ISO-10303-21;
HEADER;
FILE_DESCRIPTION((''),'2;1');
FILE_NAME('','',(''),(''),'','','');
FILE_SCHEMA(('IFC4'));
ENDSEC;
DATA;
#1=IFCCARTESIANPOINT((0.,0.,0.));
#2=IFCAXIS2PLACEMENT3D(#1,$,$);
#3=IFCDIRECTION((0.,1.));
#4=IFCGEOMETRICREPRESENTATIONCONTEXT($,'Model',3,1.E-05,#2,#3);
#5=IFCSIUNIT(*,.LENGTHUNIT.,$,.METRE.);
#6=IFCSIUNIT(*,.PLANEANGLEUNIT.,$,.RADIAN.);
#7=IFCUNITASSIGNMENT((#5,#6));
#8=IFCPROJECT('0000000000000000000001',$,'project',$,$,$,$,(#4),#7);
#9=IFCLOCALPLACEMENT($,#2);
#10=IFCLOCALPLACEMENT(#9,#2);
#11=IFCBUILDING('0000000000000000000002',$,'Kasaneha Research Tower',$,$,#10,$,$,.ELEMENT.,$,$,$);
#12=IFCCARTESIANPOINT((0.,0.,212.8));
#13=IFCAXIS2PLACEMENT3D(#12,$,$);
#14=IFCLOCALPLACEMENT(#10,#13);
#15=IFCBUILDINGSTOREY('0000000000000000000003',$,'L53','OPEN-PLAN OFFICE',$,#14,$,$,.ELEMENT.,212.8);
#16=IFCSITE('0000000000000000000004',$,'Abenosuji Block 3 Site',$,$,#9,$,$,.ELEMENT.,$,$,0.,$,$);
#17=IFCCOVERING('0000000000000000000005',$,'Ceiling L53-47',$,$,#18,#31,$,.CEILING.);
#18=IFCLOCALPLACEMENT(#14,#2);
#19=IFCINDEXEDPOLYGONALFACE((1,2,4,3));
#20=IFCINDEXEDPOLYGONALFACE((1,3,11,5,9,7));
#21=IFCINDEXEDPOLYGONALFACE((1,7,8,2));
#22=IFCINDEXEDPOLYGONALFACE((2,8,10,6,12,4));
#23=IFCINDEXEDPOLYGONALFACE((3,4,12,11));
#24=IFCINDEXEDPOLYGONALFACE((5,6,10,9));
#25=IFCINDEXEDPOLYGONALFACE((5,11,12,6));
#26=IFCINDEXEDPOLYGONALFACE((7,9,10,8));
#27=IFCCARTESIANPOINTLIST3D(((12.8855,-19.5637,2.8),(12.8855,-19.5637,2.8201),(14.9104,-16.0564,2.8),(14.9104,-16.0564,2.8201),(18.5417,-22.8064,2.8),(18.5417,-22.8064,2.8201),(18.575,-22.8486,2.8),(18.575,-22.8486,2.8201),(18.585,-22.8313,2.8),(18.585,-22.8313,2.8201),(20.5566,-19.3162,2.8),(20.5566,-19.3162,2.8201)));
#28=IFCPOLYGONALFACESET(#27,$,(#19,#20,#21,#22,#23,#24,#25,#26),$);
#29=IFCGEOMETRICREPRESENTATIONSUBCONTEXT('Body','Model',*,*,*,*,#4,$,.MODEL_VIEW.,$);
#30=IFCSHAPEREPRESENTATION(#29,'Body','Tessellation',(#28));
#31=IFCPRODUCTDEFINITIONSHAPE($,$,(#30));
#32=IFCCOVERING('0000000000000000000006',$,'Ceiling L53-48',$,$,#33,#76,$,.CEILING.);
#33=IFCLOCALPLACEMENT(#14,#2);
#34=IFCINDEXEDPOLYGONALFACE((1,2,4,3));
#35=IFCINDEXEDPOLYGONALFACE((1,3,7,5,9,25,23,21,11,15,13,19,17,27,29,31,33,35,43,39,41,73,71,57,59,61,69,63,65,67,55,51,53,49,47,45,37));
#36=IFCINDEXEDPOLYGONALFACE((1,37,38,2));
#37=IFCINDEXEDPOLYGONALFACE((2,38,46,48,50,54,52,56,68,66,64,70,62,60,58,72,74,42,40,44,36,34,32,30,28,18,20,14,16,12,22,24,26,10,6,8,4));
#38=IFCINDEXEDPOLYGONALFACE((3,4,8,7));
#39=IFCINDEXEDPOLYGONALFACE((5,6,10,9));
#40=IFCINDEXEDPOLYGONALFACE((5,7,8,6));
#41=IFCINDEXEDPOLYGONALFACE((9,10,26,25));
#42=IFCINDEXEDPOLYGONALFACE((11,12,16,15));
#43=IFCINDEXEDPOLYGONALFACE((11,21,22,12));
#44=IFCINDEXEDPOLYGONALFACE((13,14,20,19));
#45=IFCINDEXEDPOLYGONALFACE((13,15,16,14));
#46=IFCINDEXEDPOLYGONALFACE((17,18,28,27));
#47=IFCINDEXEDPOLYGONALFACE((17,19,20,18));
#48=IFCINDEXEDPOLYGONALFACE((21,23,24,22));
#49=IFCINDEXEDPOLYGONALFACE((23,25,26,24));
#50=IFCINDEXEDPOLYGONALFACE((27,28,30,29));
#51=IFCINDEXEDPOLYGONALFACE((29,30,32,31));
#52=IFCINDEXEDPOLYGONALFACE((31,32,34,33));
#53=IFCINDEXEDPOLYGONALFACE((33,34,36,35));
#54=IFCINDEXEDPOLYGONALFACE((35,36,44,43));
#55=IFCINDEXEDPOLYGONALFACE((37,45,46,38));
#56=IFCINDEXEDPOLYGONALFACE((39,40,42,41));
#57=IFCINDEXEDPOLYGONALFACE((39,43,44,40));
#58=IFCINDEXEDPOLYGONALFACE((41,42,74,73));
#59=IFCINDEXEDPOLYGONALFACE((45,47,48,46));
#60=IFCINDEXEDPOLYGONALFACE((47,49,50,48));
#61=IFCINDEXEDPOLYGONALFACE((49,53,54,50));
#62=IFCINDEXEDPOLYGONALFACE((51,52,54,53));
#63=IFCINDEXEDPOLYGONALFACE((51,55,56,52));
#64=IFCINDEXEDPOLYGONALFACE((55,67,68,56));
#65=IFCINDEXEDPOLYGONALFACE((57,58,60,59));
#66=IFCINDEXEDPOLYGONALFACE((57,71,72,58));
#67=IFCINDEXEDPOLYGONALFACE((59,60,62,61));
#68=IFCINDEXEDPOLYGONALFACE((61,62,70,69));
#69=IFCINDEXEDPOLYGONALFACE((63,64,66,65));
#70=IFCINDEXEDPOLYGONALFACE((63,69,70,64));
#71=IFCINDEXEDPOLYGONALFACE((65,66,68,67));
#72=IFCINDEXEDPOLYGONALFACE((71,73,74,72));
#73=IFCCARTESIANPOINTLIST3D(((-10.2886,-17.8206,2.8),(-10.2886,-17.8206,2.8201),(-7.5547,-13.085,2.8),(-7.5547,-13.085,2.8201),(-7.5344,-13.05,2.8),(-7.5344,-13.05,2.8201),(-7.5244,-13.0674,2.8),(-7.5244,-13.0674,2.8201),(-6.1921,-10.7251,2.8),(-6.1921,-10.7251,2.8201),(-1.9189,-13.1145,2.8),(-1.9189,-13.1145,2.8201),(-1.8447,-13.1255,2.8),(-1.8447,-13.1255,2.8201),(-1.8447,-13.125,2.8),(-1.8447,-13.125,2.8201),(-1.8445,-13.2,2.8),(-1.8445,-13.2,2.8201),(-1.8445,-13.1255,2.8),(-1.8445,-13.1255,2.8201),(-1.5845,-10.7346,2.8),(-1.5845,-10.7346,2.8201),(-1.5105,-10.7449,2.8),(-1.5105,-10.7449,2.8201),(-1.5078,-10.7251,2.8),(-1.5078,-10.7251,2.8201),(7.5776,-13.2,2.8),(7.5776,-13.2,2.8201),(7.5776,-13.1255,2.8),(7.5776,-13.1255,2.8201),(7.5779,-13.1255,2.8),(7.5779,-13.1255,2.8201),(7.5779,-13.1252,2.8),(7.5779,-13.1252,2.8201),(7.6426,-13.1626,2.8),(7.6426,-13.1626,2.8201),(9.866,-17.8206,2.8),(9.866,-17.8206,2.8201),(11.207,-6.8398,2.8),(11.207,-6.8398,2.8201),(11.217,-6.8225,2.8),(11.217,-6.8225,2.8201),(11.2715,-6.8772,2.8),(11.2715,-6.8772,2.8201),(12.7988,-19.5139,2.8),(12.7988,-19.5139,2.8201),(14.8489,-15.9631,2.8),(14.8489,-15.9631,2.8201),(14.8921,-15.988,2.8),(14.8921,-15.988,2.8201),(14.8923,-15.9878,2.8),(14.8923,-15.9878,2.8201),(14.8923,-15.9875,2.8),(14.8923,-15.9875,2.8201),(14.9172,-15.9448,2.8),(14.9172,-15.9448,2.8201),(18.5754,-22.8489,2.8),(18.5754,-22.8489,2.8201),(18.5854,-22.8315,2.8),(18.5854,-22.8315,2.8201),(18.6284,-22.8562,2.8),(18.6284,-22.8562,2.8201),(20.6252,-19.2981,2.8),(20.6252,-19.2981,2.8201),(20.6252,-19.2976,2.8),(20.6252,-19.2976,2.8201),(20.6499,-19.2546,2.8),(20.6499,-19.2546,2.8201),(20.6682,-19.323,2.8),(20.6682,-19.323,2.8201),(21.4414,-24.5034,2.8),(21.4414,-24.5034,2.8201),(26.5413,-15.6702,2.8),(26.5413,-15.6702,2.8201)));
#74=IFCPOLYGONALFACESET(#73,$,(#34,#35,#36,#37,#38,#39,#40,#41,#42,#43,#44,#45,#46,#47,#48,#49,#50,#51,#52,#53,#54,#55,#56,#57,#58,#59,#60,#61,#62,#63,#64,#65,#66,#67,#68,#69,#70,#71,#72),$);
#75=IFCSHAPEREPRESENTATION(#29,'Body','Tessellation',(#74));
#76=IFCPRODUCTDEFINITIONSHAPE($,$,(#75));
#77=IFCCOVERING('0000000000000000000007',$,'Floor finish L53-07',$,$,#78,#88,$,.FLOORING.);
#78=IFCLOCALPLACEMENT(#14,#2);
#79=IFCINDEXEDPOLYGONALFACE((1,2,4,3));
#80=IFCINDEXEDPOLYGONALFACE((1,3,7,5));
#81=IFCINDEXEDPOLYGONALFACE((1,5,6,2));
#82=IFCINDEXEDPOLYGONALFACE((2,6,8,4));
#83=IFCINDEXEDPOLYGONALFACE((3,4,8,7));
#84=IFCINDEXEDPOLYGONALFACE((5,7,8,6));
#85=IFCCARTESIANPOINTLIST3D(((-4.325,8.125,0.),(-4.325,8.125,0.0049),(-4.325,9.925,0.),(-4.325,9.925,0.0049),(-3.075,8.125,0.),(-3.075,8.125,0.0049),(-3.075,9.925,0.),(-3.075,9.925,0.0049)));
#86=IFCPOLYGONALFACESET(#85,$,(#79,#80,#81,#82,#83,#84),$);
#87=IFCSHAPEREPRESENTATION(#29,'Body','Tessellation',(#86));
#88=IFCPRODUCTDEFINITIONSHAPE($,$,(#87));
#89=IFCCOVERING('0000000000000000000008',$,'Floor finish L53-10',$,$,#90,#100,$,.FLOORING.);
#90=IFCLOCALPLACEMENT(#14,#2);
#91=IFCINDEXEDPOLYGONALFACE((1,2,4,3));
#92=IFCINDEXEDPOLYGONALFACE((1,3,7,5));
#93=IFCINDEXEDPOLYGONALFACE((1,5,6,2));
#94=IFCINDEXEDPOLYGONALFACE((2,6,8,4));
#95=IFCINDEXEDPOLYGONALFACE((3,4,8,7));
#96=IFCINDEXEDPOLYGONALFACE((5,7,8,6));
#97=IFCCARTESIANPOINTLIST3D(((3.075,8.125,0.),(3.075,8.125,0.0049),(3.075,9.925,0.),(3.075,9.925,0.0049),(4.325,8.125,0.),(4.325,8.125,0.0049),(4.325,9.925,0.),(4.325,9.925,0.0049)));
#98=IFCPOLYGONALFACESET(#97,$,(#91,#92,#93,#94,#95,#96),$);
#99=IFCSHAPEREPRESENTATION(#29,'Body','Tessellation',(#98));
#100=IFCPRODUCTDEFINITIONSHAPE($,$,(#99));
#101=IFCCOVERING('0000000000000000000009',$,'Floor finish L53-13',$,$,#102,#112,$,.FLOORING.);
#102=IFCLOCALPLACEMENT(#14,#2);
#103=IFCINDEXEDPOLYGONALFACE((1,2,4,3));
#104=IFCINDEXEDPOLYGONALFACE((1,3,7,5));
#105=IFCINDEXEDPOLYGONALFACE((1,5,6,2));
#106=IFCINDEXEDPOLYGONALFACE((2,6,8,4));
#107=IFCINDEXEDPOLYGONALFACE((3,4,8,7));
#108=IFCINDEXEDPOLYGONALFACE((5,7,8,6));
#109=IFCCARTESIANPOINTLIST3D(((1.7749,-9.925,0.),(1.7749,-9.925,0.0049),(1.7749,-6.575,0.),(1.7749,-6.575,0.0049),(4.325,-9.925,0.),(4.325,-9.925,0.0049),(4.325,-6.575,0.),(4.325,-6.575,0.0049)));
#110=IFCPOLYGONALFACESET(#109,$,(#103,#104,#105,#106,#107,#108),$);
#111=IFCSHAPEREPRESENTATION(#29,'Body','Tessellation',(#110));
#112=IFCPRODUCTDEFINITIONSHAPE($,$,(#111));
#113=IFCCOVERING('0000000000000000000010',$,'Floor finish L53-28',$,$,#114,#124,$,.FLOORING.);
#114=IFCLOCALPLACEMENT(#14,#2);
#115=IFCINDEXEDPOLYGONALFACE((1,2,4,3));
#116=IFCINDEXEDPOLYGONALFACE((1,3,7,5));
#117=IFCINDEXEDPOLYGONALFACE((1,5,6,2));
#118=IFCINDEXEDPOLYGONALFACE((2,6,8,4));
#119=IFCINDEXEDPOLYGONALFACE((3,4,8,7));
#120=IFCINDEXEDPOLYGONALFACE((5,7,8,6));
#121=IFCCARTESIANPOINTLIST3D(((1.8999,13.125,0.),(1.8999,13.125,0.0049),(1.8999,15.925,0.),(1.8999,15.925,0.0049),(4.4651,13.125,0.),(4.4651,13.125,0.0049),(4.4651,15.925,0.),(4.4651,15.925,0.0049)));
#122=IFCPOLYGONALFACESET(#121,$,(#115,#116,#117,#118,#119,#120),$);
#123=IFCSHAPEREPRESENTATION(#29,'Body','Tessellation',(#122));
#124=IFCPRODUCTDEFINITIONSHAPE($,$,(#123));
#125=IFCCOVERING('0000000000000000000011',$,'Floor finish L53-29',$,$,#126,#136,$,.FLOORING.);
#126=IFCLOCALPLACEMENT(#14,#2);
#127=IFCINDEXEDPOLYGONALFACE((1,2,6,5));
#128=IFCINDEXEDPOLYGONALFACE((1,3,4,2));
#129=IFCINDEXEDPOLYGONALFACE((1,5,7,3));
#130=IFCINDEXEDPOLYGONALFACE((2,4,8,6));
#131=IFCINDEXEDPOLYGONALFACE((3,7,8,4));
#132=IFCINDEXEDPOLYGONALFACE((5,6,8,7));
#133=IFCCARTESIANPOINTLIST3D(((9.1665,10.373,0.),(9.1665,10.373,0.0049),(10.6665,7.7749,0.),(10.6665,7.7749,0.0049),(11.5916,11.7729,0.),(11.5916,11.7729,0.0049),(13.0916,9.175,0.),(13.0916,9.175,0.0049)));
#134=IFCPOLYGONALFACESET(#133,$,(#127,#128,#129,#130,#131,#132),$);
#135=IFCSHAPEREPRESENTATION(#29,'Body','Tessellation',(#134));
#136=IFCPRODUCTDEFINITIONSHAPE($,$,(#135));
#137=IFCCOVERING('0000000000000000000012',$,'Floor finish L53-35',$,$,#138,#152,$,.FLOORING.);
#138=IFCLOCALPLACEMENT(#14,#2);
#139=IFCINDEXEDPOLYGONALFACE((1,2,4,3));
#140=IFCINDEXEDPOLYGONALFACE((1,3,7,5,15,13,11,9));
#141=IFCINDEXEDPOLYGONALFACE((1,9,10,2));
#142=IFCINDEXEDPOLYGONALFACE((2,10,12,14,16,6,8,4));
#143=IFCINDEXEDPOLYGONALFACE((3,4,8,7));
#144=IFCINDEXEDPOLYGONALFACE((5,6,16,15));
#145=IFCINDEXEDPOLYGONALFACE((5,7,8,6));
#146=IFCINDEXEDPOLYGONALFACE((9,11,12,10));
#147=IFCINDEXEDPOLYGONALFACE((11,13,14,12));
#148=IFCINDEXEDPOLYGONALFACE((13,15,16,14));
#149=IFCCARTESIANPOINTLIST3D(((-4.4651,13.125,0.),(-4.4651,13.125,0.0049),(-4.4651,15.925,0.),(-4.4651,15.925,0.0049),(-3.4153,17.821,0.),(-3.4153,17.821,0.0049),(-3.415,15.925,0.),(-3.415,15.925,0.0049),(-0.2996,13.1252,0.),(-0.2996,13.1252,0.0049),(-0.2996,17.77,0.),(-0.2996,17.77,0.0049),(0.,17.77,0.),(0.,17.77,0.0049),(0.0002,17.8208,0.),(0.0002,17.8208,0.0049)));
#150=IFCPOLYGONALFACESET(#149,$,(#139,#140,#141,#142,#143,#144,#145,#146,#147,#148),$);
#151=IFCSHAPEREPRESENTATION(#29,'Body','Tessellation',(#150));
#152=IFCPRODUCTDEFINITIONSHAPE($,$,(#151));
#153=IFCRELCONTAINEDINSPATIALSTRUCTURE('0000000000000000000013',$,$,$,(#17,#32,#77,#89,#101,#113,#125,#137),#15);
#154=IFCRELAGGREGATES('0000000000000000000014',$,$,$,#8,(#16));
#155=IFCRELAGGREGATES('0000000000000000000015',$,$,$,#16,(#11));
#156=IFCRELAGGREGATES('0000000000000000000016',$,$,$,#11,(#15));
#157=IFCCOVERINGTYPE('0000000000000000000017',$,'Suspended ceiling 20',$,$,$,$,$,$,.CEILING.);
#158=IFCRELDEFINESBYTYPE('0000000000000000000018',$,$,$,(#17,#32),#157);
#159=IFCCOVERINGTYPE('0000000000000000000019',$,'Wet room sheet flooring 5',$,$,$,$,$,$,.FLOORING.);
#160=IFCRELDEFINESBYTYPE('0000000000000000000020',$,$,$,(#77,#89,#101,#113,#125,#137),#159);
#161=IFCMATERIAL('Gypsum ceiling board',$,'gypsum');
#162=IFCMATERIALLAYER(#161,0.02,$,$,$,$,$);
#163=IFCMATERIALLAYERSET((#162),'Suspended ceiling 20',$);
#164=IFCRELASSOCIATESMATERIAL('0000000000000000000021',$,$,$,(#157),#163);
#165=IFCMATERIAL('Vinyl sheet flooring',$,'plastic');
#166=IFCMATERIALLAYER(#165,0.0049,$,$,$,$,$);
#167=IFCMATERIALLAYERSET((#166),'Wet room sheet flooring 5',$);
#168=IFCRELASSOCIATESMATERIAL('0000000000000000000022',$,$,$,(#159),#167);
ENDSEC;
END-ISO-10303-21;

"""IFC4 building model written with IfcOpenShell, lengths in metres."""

from ifc_helpers import new_model, si_unit, direction, frame, origin, place, context, subcontext, project, spatial, polyline, outline, extrude, material, layer, layer_set, type_object, element, save


model = new_model("IFC4")

# Units and contexts
model_context = context("Model", 3, precision=1e-05, world=origin(), true_north=direction((0.0, 1.0)))
body_context = subcontext(model_context, "Body", "Model", "MODEL_VIEW")
ifc_project = project(units=[si_unit("LENGTHUNIT", "METRE"), si_unit("PLANEANGLEUNIT", "RADIAN")], contexts=[model_context])

# Site, building, storey
site_placement = place(None, origin())
site = spatial("IfcSite", under=ifc_project, at=site_placement, Name="Abenosuji Block 3 Site", CompositionType="ELEMENT", RefElevation=0.0)
building_placement = place(site_placement, origin())
building = spatial("IfcBuilding", under=site, at=building_placement, Name="Kasaneha Research Tower", CompositionType="ELEMENT")
storey_placement = place(building_placement, frame((0.0, 0.0, 212.8)))
storey = spatial("IfcBuildingStorey", under=building, at=storey_placement, Name="L53", Description="OPEN-PLAN OFFICE", CompositionType="ELEMENT", Elevation=212.8)

# Coverings
ifc_material_1 = material(Name="Gypsum ceiling board", Category="gypsum")
ifc_layer_1 = layer(ifc_material_1, 0.02)
ifc_layer_set_1 = layer_set([ifc_layer_1], Name="Suspended ceiling 20")
covering_type_1 = type_object("IfcCoveringType", Name="Suspended ceiling 20", PredefinedType="CEILING", material=ifc_layer_set_1)
covering_1_placement = place(storey_placement, frame((0.0, 0.0, 2.8)))
element("IfcCovering", 1, at=covering_1_placement, inside=storey, type_object=covering_type_1, Name="Ceiling L53-47", PredefinedType="CEILING", context=body_context, shape_type="SweptSolid", body=[
    extrude(outline(polyline([(12.8855, -19.5637), (14.9104, -16.0564), (20.5566, -19.3162), (18.5417, -22.8064), (18.585, -22.8313), (18.575, -22.8486), (12.8855, -19.5637)])), origin(), (0.0, 0.0, 1.0), 0.02),
])
covering_2_placement = place(storey_placement, frame((0.0, 0.0, 2.8)))
element("IfcCovering", 2, at=covering_2_placement, inside=storey, type_object=covering_type_1, Name="Ceiling L53-48", PredefinedType="CEILING", context=body_context, shape_type="SweptSolid", body=[
    extrude(outline(polyline([(-1.5078, -10.7251), (-1.5105, -10.7449), (-1.5845, -10.7346), (-1.9189, -13.1145), (-1.8447, -13.125), (-1.8447, -13.1255), (-1.8445, -13.1255), (-1.8445, -13.2), (7.5776, -13.2), (7.5776, -13.1255), (7.5779, -13.1255), (7.5779, -13.1252), (7.6426, -13.1626), (11.2715, -6.8772), (11.207, -6.8398), (11.217, -6.8225), (26.5413, -15.6702), (21.4414, -24.5034), (18.5754, -22.8489), (18.5854, -22.8315), (18.6284, -22.8562), (20.6682, -19.323), (20.6252, -19.2981), (20.6252, -19.2976), (20.6252, -19.2976), (20.6499, -19.2546), (14.9172, -15.9448), (14.8923, -15.9878), (14.8923, -15.9875), (14.8921, -15.988), (14.8489, -15.9631), (12.7988, -19.5139), (9.866, -17.8206), (-10.2886, -17.8206), (-7.5547, -13.085), (-7.5244, -13.0674), (-7.5344, -13.05), (-6.1921, -10.7251), (-1.5078, -10.7251)])), origin(), (0.0, 0.0, 1.0), 0.02),
])
ifc_material_2 = material(Name="Vinyl sheet flooring", Category="plastic")
ifc_layer_2 = layer(ifc_material_2, 0.0049)
ifc_layer_set_2 = layer_set([ifc_layer_2], Name="Wet room sheet flooring 5")
covering_type_2 = type_object("IfcCoveringType", Name="Wet room sheet flooring 5", PredefinedType="FLOORING", material=ifc_layer_set_2)
covering_3_placement = place(storey_placement, origin())
element("IfcCovering", 3, at=covering_3_placement, inside=storey, type_object=covering_type_2, Name="Floor finish L53-07", PredefinedType="FLOORING", context=body_context, shape_type="SweptSolid", body=[
    extrude(outline(polyline([(-4.325, 8.125), (-4.325, 9.925), (-3.075, 9.925), (-3.075, 8.125), (-4.325, 8.125)])), origin(), (0.0, 0.0, 1.0), 0.0049),
])
covering_4_placement = place(storey_placement, origin())
element("IfcCovering", 4, at=covering_4_placement, inside=storey, type_object=covering_type_2, Name="Floor finish L53-10", PredefinedType="FLOORING", context=body_context, shape_type="SweptSolid", body=[
    extrude(outline(polyline([(4.325, 8.125), (3.075, 8.125), (3.075, 9.925), (4.325, 9.925), (4.325, 8.125)])), origin(), (0.0, 0.0, 1.0), 0.0049),
])
covering_5_placement = place(storey_placement, origin())
element("IfcCovering", 5, at=covering_5_placement, inside=storey, type_object=covering_type_2, Name="Floor finish L53-13", PredefinedType="FLOORING", context=body_context, shape_type="SweptSolid", body=[
    extrude(outline(polyline([(1.7749, -9.925), (1.7749, -6.575), (4.325, -6.575), (4.325, -9.925), (1.7749, -9.925)])), origin(), (0.0, 0.0, 1.0), 0.0049),
])
covering_6_placement = place(storey_placement, origin())
element("IfcCovering", 6, at=covering_6_placement, inside=storey, type_object=covering_type_2, Name="Floor finish L53-28", PredefinedType="FLOORING", context=body_context, shape_type="SweptSolid", body=[
    extrude(outline(polyline([(1.8999, 15.925), (4.4651, 15.925), (4.4651, 13.125), (1.8999, 13.125), (1.8999, 15.925)])), origin(), (0.0, 0.0, 1.0), 0.0049),
])
covering_7_placement = place(storey_placement, origin())
element("IfcCovering", 7, at=covering_7_placement, inside=storey, type_object=covering_type_2, Name="Floor finish L53-29", PredefinedType="FLOORING", context=body_context, shape_type="SweptSolid", body=[
    extrude(outline(polyline([(11.5916, 11.7729), (13.0916, 9.175), (10.6665, 7.7749), (9.1665, 10.373), (11.5916, 11.7729)])), origin(), (0.0, 0.0, 1.0), 0.0049),
])
covering_8_placement = place(storey_placement, origin())
element("IfcCovering", 8, at=covering_8_placement, inside=storey, type_object=covering_type_2, Name="Floor finish L53-35", PredefinedType="FLOORING", context=body_context, shape_type="SweptSolid", body=[
    extrude(outline(polyline([(-3.415, 15.925), (-3.4153, 17.821), (0.0002, 17.8208), (0.0, 17.77), (-0.2996, 17.77), (-0.2996, 13.1252), (-4.4651, 13.125), (-4.4651, 15.925), (-3.415, 15.925)])), origin(), (0.0, 0.0, 1.0), 0.0049),
])

save(model, "model.ifc")
